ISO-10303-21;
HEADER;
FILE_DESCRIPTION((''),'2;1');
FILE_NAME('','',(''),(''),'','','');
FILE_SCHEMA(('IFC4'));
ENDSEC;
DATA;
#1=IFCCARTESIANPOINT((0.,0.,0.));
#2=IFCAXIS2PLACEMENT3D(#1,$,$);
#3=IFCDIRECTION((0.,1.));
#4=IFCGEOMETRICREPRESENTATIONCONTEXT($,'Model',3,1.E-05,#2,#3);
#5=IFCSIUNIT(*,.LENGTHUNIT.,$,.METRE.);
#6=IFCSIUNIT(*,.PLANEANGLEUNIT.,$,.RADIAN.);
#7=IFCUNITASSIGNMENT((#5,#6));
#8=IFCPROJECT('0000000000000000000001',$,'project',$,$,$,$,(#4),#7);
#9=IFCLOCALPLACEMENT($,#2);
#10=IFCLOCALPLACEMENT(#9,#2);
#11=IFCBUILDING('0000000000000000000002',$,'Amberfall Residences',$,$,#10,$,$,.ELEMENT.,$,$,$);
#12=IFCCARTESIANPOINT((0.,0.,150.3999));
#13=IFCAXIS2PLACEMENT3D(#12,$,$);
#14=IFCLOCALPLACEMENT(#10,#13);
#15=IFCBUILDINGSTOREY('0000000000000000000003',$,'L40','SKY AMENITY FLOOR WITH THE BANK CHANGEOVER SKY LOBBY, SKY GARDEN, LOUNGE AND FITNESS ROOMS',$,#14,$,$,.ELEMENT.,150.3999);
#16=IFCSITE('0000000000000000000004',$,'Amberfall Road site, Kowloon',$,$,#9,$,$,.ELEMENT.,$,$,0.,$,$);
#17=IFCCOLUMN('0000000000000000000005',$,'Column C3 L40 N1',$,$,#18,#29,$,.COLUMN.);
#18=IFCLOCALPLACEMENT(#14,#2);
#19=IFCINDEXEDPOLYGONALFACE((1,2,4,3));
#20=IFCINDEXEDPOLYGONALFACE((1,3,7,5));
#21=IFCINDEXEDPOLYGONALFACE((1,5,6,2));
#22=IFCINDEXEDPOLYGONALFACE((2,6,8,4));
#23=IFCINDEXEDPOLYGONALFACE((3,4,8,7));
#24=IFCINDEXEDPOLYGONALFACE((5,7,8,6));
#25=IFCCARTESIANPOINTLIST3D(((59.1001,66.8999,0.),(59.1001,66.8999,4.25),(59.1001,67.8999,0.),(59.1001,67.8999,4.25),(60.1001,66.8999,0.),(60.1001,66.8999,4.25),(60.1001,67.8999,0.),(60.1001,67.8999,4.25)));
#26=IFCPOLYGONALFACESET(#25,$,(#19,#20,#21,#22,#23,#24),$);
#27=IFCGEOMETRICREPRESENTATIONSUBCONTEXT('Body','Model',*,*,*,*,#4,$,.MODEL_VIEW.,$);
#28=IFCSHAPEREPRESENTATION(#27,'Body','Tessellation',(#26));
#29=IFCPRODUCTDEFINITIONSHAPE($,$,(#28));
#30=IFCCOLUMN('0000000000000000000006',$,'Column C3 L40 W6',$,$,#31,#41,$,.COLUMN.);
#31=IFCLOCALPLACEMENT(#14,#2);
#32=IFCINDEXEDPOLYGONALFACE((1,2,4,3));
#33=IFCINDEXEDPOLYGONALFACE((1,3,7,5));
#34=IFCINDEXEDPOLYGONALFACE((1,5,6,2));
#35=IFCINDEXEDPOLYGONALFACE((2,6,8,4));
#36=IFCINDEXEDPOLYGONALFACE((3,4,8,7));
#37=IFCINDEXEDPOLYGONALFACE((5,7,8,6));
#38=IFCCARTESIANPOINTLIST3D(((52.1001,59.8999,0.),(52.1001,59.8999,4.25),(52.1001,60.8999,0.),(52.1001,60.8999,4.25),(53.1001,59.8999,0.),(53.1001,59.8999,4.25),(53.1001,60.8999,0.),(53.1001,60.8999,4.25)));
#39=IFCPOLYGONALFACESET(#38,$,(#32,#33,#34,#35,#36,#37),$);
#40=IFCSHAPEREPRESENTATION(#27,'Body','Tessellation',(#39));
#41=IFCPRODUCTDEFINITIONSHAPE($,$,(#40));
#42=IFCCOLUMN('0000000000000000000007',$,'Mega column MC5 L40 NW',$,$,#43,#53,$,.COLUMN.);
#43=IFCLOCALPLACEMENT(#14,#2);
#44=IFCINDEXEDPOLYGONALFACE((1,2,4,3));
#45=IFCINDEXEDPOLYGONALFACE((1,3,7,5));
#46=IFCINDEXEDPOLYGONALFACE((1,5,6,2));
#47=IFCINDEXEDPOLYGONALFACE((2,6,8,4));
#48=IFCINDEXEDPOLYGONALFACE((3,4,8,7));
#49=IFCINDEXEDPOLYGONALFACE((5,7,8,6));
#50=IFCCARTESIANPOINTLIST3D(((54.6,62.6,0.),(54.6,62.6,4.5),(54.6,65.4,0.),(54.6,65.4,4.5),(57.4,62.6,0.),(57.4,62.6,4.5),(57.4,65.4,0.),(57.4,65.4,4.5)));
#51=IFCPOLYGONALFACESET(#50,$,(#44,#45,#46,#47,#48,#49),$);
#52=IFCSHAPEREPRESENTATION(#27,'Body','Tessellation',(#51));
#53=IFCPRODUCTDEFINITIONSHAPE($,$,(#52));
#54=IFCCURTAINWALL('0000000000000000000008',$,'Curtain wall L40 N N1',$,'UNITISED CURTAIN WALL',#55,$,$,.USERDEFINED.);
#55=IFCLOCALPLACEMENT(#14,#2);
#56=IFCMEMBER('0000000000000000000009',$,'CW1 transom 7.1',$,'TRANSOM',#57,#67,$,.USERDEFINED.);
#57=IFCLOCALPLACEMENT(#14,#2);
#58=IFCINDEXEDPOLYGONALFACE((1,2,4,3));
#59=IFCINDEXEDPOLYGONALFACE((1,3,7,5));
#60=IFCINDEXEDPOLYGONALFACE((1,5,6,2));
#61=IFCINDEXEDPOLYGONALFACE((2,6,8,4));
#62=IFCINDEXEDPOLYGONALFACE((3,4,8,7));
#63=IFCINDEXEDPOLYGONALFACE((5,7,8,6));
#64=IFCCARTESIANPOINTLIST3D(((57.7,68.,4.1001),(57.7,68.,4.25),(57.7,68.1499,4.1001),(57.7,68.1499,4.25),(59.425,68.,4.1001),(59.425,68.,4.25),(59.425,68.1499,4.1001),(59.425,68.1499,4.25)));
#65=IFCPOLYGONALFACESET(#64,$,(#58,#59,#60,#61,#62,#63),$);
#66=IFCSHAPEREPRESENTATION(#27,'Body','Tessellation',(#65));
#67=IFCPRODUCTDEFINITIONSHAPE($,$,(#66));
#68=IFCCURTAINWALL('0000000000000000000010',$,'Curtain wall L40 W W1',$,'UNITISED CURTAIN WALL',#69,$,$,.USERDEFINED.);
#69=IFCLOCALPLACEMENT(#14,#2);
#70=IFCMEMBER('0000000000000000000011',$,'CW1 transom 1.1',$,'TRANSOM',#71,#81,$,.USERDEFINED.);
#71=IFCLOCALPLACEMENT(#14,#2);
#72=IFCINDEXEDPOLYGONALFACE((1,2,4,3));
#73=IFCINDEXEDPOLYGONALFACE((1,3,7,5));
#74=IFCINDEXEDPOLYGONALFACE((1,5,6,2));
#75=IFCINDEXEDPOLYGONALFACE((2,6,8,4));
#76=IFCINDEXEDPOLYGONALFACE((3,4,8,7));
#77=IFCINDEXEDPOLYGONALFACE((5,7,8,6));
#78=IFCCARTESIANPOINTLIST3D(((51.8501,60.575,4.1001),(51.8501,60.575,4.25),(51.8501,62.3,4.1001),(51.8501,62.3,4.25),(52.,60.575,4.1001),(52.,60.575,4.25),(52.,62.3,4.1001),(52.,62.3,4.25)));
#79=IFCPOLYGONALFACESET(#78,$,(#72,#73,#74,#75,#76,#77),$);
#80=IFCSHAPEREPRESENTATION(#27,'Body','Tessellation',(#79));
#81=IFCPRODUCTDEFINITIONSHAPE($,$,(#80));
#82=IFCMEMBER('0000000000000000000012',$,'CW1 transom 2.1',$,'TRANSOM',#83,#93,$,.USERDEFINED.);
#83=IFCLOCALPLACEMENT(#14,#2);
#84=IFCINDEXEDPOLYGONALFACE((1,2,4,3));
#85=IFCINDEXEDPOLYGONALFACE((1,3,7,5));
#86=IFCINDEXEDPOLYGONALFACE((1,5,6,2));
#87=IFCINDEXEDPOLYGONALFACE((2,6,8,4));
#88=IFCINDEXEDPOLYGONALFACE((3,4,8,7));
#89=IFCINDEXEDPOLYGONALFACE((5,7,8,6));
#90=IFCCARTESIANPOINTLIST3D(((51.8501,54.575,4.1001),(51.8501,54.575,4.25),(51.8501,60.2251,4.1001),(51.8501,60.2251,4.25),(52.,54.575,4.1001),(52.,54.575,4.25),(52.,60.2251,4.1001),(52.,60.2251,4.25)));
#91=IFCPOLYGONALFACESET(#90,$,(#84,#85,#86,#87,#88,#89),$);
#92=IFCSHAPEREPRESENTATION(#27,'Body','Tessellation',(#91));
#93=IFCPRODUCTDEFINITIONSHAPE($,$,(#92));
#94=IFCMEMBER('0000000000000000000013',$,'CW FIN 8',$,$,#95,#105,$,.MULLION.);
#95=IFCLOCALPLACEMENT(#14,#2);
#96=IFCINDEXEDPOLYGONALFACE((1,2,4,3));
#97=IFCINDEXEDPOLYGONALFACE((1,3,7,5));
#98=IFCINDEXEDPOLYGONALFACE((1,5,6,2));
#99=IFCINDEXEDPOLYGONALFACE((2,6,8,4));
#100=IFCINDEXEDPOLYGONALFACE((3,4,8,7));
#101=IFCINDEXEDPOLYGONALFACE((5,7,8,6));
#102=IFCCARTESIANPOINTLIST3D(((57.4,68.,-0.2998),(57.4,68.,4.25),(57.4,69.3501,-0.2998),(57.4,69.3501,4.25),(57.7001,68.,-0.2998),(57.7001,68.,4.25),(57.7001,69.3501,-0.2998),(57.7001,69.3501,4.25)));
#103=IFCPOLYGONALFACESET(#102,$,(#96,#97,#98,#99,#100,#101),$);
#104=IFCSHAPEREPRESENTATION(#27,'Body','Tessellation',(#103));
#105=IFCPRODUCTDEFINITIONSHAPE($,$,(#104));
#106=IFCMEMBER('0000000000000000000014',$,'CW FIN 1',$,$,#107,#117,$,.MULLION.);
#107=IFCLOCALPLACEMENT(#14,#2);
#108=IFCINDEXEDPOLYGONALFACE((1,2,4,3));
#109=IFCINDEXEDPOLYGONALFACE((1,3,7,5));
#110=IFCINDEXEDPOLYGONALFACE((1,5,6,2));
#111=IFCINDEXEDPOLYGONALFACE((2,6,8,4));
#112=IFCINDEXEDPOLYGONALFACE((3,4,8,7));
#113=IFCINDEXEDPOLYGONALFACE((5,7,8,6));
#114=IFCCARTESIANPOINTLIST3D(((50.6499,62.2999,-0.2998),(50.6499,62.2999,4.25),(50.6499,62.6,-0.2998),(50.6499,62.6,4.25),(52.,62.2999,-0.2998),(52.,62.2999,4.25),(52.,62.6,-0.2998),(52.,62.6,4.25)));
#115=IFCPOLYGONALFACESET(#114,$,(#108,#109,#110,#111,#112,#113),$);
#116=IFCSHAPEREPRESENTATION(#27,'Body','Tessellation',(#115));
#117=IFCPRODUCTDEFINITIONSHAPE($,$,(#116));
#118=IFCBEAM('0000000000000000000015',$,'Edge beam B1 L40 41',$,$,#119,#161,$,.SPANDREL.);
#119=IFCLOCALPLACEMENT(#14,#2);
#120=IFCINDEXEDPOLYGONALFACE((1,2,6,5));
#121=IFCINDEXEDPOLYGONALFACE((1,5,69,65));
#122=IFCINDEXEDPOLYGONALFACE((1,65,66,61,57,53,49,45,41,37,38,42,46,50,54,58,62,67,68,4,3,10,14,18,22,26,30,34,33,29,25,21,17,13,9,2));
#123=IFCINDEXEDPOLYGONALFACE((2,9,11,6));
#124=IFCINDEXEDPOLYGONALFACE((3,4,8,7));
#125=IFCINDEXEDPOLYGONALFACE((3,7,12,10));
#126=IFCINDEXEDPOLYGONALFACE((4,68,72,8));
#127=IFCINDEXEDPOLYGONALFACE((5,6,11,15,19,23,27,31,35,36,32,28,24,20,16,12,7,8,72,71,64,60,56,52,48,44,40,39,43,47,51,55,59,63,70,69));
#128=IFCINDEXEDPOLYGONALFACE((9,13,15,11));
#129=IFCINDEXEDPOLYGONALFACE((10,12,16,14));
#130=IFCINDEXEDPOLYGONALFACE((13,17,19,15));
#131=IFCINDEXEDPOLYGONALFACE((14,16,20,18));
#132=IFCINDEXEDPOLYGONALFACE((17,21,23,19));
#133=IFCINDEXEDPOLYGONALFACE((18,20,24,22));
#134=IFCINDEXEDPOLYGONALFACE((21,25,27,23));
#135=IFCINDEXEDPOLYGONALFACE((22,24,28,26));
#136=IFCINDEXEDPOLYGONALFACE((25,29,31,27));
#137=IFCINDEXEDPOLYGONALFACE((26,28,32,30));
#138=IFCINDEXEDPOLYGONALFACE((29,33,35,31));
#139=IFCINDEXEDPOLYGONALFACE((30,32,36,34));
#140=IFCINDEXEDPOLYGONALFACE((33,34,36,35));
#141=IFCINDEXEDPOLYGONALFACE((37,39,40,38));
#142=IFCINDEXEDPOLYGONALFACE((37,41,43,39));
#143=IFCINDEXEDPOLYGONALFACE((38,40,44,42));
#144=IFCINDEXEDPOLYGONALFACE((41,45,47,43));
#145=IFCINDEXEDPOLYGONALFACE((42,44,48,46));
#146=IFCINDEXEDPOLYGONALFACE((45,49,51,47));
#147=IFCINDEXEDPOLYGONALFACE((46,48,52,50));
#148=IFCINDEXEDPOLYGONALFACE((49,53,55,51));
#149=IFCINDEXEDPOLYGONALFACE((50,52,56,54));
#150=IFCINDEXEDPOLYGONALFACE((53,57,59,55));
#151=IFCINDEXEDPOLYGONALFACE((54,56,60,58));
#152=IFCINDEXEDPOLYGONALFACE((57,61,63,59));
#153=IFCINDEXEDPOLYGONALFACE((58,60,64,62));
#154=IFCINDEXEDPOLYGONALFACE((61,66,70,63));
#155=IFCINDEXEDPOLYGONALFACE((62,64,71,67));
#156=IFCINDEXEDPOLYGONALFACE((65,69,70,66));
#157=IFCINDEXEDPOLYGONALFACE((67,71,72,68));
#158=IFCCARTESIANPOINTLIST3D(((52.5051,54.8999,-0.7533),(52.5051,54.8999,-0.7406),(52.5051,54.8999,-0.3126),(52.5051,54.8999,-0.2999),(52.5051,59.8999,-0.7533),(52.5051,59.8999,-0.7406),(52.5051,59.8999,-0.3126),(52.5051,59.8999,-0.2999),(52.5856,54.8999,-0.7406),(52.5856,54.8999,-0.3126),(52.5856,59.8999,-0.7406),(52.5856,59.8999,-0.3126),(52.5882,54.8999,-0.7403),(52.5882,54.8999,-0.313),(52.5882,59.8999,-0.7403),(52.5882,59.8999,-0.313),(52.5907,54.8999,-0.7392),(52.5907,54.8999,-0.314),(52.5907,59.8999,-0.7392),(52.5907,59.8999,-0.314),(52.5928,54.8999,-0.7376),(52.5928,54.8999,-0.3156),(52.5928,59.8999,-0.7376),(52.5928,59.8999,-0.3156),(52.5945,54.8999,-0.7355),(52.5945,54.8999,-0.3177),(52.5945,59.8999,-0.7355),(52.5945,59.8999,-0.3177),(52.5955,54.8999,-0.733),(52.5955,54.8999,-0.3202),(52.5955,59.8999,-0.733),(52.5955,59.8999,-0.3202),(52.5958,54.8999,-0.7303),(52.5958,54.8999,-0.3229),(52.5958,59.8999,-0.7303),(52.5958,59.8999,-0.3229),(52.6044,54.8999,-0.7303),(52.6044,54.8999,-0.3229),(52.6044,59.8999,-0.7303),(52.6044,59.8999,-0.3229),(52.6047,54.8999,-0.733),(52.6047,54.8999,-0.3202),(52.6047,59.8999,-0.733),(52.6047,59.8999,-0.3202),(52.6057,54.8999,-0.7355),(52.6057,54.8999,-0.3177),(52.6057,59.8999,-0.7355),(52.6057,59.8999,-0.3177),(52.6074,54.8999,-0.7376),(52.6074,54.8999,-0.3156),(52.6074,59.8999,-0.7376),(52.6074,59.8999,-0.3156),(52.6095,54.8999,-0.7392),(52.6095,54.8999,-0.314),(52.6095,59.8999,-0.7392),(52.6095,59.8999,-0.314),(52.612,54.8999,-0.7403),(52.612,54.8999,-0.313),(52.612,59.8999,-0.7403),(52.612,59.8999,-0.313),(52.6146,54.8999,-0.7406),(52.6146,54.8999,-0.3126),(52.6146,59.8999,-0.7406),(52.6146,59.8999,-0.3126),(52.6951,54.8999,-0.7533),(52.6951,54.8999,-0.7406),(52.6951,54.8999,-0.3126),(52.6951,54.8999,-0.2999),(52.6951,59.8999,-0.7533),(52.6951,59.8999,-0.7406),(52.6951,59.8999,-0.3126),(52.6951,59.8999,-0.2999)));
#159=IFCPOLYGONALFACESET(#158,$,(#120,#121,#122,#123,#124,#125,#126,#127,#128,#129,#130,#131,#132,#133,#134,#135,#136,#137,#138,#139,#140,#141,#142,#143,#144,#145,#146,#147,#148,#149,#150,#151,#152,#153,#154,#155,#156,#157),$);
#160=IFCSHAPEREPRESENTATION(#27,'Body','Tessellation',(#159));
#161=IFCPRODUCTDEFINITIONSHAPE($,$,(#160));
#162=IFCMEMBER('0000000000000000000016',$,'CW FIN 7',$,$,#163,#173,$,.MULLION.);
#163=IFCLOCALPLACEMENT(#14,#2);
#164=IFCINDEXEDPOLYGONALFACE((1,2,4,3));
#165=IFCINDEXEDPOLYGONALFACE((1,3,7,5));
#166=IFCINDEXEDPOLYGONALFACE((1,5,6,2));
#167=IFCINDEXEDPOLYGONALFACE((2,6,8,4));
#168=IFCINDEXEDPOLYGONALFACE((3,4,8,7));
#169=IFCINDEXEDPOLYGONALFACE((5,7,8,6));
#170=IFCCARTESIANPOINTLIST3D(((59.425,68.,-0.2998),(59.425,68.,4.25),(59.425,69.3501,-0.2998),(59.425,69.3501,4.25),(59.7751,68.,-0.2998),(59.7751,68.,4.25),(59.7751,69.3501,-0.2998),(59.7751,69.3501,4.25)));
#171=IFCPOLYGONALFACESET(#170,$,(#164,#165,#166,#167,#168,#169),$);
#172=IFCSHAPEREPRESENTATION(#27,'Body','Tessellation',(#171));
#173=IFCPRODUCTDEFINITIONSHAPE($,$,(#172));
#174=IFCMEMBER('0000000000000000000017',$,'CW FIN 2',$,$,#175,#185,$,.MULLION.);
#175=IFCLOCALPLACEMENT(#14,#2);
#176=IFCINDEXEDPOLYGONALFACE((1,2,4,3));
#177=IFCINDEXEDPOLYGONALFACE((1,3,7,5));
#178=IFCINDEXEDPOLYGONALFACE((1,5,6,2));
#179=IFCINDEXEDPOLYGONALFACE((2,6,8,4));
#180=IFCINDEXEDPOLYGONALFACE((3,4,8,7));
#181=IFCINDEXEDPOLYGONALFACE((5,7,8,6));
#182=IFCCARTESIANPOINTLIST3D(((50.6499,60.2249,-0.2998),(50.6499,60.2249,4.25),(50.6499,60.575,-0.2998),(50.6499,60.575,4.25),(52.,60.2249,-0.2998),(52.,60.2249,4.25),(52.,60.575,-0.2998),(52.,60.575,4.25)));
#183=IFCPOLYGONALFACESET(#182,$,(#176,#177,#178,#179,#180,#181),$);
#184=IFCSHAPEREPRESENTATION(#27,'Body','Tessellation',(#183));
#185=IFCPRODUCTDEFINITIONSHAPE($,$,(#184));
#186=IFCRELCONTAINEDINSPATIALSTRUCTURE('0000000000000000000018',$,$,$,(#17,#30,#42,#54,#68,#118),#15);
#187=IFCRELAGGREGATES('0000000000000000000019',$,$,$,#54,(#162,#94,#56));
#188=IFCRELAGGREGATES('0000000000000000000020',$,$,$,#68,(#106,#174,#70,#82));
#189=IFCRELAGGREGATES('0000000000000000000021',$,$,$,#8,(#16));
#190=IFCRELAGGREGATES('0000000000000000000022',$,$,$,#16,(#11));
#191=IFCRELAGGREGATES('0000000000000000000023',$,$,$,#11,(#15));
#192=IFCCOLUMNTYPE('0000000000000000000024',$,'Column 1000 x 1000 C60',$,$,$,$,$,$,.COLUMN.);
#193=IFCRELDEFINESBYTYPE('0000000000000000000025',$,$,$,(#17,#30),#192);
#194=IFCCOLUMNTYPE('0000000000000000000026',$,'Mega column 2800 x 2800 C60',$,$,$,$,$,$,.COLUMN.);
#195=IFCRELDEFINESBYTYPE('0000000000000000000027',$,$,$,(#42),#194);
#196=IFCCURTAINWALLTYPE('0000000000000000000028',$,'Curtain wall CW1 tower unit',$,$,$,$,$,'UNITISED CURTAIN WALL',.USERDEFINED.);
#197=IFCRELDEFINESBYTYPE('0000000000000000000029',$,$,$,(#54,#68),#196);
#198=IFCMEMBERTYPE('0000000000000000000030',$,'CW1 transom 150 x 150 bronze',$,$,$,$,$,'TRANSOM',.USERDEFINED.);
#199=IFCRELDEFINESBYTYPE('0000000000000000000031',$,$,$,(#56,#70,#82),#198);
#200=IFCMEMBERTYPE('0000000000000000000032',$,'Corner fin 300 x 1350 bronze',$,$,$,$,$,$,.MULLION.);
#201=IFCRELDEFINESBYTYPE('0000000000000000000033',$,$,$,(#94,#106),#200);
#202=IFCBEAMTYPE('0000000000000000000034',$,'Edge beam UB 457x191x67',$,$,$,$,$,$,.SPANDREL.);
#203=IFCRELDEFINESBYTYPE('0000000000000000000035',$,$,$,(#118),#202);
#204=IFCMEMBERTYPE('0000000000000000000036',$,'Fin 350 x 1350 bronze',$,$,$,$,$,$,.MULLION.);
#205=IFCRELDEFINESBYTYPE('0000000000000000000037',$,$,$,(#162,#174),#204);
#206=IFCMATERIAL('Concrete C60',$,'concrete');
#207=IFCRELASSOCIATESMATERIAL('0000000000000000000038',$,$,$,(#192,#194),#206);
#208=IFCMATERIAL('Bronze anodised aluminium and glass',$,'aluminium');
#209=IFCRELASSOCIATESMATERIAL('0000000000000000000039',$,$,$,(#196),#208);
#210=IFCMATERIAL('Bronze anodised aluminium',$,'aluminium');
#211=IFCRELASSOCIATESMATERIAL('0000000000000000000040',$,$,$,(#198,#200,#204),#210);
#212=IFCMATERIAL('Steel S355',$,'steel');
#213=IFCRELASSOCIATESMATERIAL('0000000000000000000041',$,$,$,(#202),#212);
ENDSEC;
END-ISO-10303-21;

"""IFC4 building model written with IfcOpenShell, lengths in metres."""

from ifc_helpers import new_model, si_unit, direction, frame, origin, origin_2d, place, context, subcontext, project, spatial, rectangle, i_section, extrude, material, material_profile, profile_set, type_object, element, aggregate, save


model = new_model("IFC4")

# Units and contexts
model_context = context("Model", 3, precision=1e-05, world=origin(), true_north=direction((0.0, 1.0)))
body_context = subcontext(model_context, "Body", "Model", "MODEL_VIEW")
ifc_project = project(units=[si_unit("LENGTHUNIT", "METRE"), si_unit("PLANEANGLEUNIT", "RADIAN")], contexts=[model_context])

# Site, building, storey
site_placement = place(None, origin())
site = spatial("IfcSite", under=ifc_project, at=site_placement, Name="Amberfall Road site, Kowloon", CompositionType="ELEMENT", RefElevation=0.0)
building_placement = place(site_placement, origin())
building = spatial("IfcBuilding", under=site, at=building_placement, Name="Amberfall Residences", CompositionType="ELEMENT")
storey_placement = place(building_placement, frame((0.0, 0.0, 150.3999)))
storey = spatial("IfcBuildingStorey", under=building, at=storey_placement, Name="L40", Description="SKY AMENITY FLOOR WITH THE BANK CHANGEOVER SKY LOBBY, SKY GARDEN, LOUNGE AND FITNESS ROOMS", CompositionType="ELEMENT", Elevation=150.3999)

# Columns
ifc_material_1 = material(Name="Concrete C60", Category="concrete")
ifc_material_profile_1 = material_profile(ifc_material_1, rectangle(XDim=1.0, YDim=1.0, at=origin_2d()), Name="Column 1000 x 1000 C60")
ifc_profile_set_1 = profile_set([ifc_material_profile_1], Name="Concrete C60")
column_type_1 = type_object("IfcColumnType", Name="Column 1000 x 1000 C60", PredefinedType="COLUMN", material=ifc_profile_set_1)
for number, where, z_axis, x_axis, name in (
    (1, (59.6001, 67.3999, 0.0), (0.0, 0.0, 1.0), (1.0, 0.0, 0.0), "Column C3 L40 N1"),
    (2, (52.6001, 60.3999, 0.0), (0.0, 0.0, 1.0), (1.0, 0.0, 0.0), "Column C3 L40 W6"),
):
    element("IfcColumn", number, at=place(storey_placement, frame(where, z_axis=z_axis, x_axis=x_axis)), inside=storey, type_object=column_type_1, Name=name, PredefinedType="COLUMN", context=body_context, shape_type="SweptSolid", body=[
        extrude(rectangle(XDim=1.0, YDim=1.0, at=origin_2d()), origin(), (0.0, 0.0, 1.0), 4.25),
    ])
ifc_material_profile_2 = material_profile(ifc_material_1, rectangle(XDim=2.8, YDim=2.8, at=origin_2d()), Name="Mega column 2800 x 2800 C60")
ifc_profile_set_2 = profile_set([ifc_material_profile_2], Name="Concrete C60")
column_type_2 = type_object("IfcColumnType", Name="Mega column 2800 x 2800 C60", PredefinedType="COLUMN", material=ifc_profile_set_2)
column_placement = place(storey_placement, frame((56.0, 64.0, 0.0), z_axis=(0.0, 0.0, 1.0), x_axis=(1.0, 0.0, 0.0)))
element("IfcColumn", 3, at=column_placement, inside=storey, type_object=column_type_2, Name="Mega column MC5 L40 NW", PredefinedType="COLUMN", context=body_context, shape_type="SweptSolid", body=[
    extrude(rectangle(XDim=2.8, YDim=2.8, at=origin_2d()), origin(), (0.0, 0.0, 1.0), 4.5),
])

# Curtain wall, member
ifc_material_2 = material(Name="Bronze anodised aluminium and glass", Category="aluminium")
curtain_wall_type = type_object("IfcCurtainWallType", Name="Curtain wall CW1 tower unit", ElementType="UNITISED CURTAIN WALL", PredefinedType="USERDEFINED", material=ifc_material_2)
curtain_wall_1_placement = place(storey_placement, origin())
curtain_wall_1 = element("IfcCurtainWall", 4, at=curtain_wall_1_placement, inside=storey, type_object=curtain_wall_type, Name="Curtain wall L40 N N1", ObjectType="UNITISED CURTAIN WALL", PredefinedType="USERDEFINED")
ifc_material_3 = material(Name="Bronze anodised aluminium", Category="aluminium")
ifc_material_profile_3 = material_profile(ifc_material_3, rectangle(XDim=0.1499, YDim=0.1499, at=origin_2d()), Name="CW1 transom 150 x 150 bronze")
ifc_profile_set_3 = profile_set([ifc_material_profile_3], Name="Bronze anodised aluminium")
member_type_1 = type_object("IfcMemberType", Name="CW1 transom 150 x 150 bronze", ElementType="TRANSOM", PredefinedType="USERDEFINED", material=ifc_profile_set_3)
member_1_placement = place(storey_placement, frame((59.425, 68.075, 4.175), z_axis=(-1.0, 0.0, 0.0), x_axis=(0.0, -1.0, 0.0)))
member_1 = element("IfcMember", 5, at=member_1_placement, type_object=member_type_1, Name="CW1 transom 7.1", ObjectType="TRANSOM", PredefinedType="USERDEFINED", context=body_context, shape_type="SweptSolid", body=[
    extrude(rectangle(XDim=0.1499, YDim=0.1499, at=origin_2d()), origin(), (0.0, 0.0, 1.0), 1.7251),
])

# Curtain wall, members
curtain_wall_2_placement = place(storey_placement, origin())
curtain_wall_2 = element("IfcCurtainWall", 6, at=curtain_wall_2_placement, inside=storey, type_object=curtain_wall_type, Name="Curtain wall L40 W W1", ObjectType="UNITISED CURTAIN WALL", PredefinedType="USERDEFINED")
member_2_placement = place(storey_placement, frame((51.925, 62.3, 4.175), z_axis=(0.0, -1.0, 0.0), x_axis=(1.0, 0.0, 0.0)))
member_2 = element("IfcMember", 7, at=member_2_placement, type_object=member_type_1, Name="CW1 transom 1.1", ObjectType="TRANSOM", PredefinedType="USERDEFINED", context=body_context, shape_type="SweptSolid", body=[
    extrude(rectangle(XDim=0.1499, YDim=0.1499, at=origin_2d()), origin(), (0.0, 0.0, 1.0), 1.7251),
])
member_3_placement = place(storey_placement, frame((51.925, 60.2251, 4.175), z_axis=(0.0, -1.0, 0.0), x_axis=(1.0, 0.0, 0.0)))
member_3 = element("IfcMember", 8, at=member_3_placement, type_object=member_type_1, Name="CW1 transom 2.1", ObjectType="TRANSOM", PredefinedType="USERDEFINED", context=body_context, shape_type="SweptSolid", body=[
    extrude(rectangle(XDim=0.1499, YDim=0.1499, at=origin_2d()), origin(), (0.0, 0.0, 1.0), 5.6501),
])

# Members
ifc_material_profile_4 = material_profile(ifc_material_3, rectangle(XDim=1.3501, YDim=0.3, at=origin_2d()), Name="Corner fin 300 x 1350 bronze")
ifc_profile_set_4 = profile_set([ifc_material_profile_4], Name="Bronze anodised aluminium")
member_type_2 = type_object("IfcMemberType", Name="Corner fin 300 x 1350 bronze", PredefinedType="MULLION", material=ifc_profile_set_4)
member_4_placement = place(storey_placement, frame((57.55, 68.675, -0.2998), z_axis=(0.0, 0.0, 1.0), x_axis=(0.0, -1.0, 0.0)))
member_4 = element("IfcMember", 9, at=member_4_placement, type_object=member_type_2, Name="CW FIN 8", PredefinedType="MULLION", context=body_context, shape_type="SweptSolid", body=[
    extrude(rectangle(XDim=1.3501, YDim=0.3, at=origin_2d()), origin(), (0.0, 0.0, 1.0), 4.5498),
])
member_5_placement = place(storey_placement, frame((51.325, 62.45, -0.2998), z_axis=(0.0, 0.0, 1.0), x_axis=(1.0, 0.0, 0.0)))
member_5 = element("IfcMember", 10, at=member_5_placement, type_object=member_type_2, Name="CW FIN 1", PredefinedType="MULLION", context=body_context, shape_type="SweptSolid", body=[
    extrude(rectangle(XDim=1.3501, YDim=0.3, at=origin_2d()), origin(), (0.0, 0.0, 1.0), 4.5498),
])

# Beam
ifc_material_4 = material(Name="Steel S355", Category="steel")
ifc_material_profile_5 = material_profile(ifc_material_4, i_section(OverallWidth=0.1899, OverallDepth=0.4534, WebThickness=0.0085, FlangeThickness=0.0127, FilletRadius=0.0103, at=origin_2d()), Name="UB 457x191x67")
ifc_profile_set_5 = profile_set([ifc_material_profile_5], Name="Steel S355")
beam_type_1 = type_object("IfcBeamType", Name="Edge beam UB 457x191x67", PredefinedType="SPANDREL", material=ifc_profile_set_5)
beam_1_placement = place(storey_placement, frame((52.6001, 54.8999, -0.5266), z_axis=(0.0, 1.0, 0.0), x_axis=(-1.0, 0.0, 0.0)))
element("IfcBeam", 11, at=beam_1_placement, inside=storey, type_object=beam_type_1, Name="Edge beam B1 L40 41", PredefinedType="SPANDREL", context=body_context, shape_type="SweptSolid", body=[
    extrude(i_section(OverallWidth=0.1899, OverallDepth=0.4534, WebThickness=0.0085, FlangeThickness=0.0127, FilletRadius=0.0103, at=origin_2d()), origin(), (0.0, 0.0, 1.0), 5.0),
])

# Members
ifc_material_profile_6 = material_profile(ifc_material_3, rectangle(XDim=1.3501, YDim=0.3501, at=origin_2d()), Name="Fin 350 x 1350 bronze")
ifc_profile_set_6 = profile_set([ifc_material_profile_6], Name="Bronze anodised aluminium")
member_type_3 = type_object("IfcMemberType", Name="Fin 350 x 1350 bronze", PredefinedType="MULLION", material=ifc_profile_set_6)
member_6_placement = place(storey_placement, frame((59.6001, 68.675, -0.2998), z_axis=(0.0, 0.0, 1.0), x_axis=(0.0, -1.0, 0.0)))
member_6 = element("IfcMember", 12, at=member_6_placement, type_object=member_type_3, Name="CW FIN 7", PredefinedType="MULLION", context=body_context, shape_type="SweptSolid", body=[
    extrude(rectangle(XDim=1.3501, YDim=0.3501, at=origin_2d()), origin(), (0.0, 0.0, 1.0), 4.5498),
])
member_7_placement = place(storey_placement, frame((51.325, 60.3999, -0.2998), z_axis=(0.0, 0.0, 1.0), x_axis=(1.0, 0.0, 0.0)))
member_7 = element("IfcMember", 13, at=member_7_placement, type_object=member_type_3, Name="CW FIN 2", PredefinedType="MULLION", context=body_context, shape_type="SweptSolid", body=[
    extrude(rectangle(XDim=1.3501, YDim=0.3501, at=origin_2d()), origin(), (0.0, 0.0, 1.0), 4.5498),
])

aggregate(curtain_wall_1, [member_6, member_4, member_1])
aggregate(curtain_wall_2, [member_5, member_7, member_2, member_3])

save(model, "model.ifc")
